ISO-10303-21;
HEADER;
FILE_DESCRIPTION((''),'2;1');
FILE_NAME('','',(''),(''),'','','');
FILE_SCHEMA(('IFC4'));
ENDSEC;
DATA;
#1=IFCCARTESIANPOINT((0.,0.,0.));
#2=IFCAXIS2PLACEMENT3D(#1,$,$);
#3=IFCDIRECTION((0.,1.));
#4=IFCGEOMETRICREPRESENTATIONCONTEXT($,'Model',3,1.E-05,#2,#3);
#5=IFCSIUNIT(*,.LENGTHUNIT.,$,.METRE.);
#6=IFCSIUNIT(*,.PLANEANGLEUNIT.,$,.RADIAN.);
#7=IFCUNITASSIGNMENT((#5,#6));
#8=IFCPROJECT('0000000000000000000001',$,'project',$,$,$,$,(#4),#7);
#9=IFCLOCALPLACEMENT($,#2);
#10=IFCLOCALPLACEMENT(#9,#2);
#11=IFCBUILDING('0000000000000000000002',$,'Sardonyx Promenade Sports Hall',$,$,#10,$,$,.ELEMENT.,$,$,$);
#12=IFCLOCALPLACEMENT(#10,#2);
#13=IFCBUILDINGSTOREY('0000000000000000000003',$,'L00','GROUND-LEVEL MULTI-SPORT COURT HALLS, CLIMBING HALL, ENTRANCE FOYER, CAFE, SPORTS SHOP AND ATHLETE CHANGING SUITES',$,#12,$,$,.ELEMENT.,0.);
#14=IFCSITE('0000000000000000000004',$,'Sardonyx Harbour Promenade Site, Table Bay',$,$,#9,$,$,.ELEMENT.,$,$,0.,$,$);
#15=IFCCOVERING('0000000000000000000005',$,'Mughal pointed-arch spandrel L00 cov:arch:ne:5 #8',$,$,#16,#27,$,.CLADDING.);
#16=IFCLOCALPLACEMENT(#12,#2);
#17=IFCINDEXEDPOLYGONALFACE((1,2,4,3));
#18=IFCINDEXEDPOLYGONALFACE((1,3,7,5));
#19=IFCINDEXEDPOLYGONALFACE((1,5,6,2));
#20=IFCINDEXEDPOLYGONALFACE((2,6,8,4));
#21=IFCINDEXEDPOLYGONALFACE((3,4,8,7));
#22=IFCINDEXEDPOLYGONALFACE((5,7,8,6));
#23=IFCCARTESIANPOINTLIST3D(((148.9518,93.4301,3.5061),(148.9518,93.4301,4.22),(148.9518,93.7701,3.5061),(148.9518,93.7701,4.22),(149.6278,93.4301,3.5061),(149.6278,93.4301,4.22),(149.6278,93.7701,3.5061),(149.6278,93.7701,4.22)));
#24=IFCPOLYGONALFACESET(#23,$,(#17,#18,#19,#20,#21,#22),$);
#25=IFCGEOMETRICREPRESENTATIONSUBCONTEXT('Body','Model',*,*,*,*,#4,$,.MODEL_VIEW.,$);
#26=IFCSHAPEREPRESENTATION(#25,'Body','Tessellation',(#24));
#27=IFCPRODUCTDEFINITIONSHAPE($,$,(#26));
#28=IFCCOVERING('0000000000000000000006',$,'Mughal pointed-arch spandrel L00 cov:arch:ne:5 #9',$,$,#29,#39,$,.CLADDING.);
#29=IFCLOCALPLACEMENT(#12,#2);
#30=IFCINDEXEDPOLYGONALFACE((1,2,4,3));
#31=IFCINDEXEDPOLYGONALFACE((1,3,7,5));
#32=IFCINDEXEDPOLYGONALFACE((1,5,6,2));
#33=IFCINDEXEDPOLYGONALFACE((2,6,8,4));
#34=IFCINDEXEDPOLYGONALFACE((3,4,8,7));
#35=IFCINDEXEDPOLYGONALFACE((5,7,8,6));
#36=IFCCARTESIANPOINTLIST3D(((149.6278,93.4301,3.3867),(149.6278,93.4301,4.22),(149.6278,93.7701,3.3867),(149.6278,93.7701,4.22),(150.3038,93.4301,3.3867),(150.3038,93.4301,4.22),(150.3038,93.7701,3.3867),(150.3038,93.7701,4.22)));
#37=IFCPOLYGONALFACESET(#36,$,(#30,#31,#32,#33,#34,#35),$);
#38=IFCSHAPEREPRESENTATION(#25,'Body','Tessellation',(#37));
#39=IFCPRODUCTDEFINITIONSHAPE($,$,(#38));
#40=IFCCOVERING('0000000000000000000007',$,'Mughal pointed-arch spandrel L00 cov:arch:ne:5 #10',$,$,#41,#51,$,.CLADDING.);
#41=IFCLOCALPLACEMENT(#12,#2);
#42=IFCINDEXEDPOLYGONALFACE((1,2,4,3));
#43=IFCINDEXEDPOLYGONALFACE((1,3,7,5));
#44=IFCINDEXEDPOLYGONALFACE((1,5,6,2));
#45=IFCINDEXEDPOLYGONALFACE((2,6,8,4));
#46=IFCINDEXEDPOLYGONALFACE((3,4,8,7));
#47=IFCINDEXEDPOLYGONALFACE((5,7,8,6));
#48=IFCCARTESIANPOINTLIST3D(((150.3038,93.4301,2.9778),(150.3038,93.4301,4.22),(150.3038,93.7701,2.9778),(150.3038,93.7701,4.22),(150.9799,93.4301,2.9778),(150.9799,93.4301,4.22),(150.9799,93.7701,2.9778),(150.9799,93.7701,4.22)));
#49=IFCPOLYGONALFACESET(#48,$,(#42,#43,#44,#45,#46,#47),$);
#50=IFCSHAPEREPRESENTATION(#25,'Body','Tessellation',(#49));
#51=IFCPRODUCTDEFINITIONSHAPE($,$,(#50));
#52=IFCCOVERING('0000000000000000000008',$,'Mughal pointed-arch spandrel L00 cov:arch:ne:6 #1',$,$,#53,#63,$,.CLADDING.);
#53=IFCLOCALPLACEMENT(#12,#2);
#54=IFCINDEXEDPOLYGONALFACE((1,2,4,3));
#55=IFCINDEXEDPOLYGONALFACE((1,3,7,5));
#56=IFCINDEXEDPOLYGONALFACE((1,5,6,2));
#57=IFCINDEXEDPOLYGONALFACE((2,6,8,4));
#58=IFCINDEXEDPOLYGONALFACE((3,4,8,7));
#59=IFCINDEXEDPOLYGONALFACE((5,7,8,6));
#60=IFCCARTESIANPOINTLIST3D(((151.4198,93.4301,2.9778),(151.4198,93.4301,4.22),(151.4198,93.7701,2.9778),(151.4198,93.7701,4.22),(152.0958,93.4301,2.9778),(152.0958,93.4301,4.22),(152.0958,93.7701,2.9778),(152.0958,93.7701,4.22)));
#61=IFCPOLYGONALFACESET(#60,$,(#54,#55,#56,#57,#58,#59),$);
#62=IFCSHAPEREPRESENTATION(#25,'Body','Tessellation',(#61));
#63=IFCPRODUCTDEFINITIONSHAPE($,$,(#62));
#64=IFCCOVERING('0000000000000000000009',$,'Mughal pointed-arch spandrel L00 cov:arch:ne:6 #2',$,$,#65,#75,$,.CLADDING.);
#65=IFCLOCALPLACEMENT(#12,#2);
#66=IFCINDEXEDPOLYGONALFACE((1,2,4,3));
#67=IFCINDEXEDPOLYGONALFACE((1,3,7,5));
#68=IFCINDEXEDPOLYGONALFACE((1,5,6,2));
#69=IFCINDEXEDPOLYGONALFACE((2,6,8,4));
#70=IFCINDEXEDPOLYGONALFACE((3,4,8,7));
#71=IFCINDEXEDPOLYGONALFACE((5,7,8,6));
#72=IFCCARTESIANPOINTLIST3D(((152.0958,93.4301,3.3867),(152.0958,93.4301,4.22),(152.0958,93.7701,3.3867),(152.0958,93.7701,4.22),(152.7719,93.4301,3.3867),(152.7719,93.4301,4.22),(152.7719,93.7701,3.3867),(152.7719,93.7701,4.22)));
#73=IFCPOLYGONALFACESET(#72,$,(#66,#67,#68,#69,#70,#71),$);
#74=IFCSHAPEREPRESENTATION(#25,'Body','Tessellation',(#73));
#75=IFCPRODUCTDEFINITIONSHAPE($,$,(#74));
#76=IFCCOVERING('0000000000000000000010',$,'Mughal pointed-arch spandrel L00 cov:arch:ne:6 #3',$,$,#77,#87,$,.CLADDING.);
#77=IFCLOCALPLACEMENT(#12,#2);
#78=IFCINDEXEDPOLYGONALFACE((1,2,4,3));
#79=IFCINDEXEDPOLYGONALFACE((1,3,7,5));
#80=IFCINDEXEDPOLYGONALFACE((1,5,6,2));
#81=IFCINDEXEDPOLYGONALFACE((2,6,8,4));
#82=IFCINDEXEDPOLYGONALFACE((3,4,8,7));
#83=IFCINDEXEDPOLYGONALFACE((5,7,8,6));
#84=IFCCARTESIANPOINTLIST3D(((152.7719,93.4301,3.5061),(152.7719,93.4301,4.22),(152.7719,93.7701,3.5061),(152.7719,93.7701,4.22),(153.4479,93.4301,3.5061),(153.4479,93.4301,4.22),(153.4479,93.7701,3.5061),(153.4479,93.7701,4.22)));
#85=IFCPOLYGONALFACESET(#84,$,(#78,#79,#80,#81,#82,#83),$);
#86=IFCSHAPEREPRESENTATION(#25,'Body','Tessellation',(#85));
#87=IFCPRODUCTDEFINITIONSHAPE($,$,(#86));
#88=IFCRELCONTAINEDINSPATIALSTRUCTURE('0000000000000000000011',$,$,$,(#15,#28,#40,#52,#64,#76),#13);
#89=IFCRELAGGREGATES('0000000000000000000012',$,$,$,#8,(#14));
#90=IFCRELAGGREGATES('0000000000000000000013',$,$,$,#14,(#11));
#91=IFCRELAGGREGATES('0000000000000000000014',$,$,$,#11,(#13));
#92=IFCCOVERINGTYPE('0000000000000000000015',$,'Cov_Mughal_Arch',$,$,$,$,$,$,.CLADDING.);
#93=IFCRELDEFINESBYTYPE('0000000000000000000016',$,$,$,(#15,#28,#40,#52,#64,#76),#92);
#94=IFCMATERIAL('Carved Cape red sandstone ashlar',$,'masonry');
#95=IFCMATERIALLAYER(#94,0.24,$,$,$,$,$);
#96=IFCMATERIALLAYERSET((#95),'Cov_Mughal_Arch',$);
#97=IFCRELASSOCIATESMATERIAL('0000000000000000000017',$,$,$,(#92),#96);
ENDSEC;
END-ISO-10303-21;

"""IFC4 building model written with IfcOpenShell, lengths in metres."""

from ifc_helpers import new_model, si_unit, direction, frame, frame_2d, origin, place, context, subcontext, project, spatial, rectangle, extrude, material, layer, layer_set, type_object, element, save


model = new_model("IFC4")

# Units and contexts
model_context = context("Model", 3, precision=1e-05, world=origin(), true_north=direction((0.0, 1.0)))
body_context = subcontext(model_context, "Body", "Model", "MODEL_VIEW")
ifc_project = project(units=[si_unit("LENGTHUNIT", "METRE"), si_unit("PLANEANGLEUNIT", "RADIAN")], contexts=[model_context])

# Site, building, storey
site_placement = place(None, origin())
site = spatial("IfcSite", under=ifc_project, at=site_placement, Name="Sardonyx Harbour Promenade Site, Table Bay", CompositionType="ELEMENT", RefElevation=0.0)
building_placement = place(site_placement, origin())
building = spatial("IfcBuilding", under=site, at=building_placement, Name="Sardonyx Promenade Sports Hall", CompositionType="ELEMENT")
storey_placement = place(building_placement, origin())
storey = spatial("IfcBuildingStorey", under=building, at=storey_placement, Name="L00", Description="GROUND-LEVEL MULTI-SPORT COURT HALLS, CLIMBING HALL, ENTRANCE FOYER, CAFE, SPORTS SHOP AND ATHLETE CHANGING SUITES", CompositionType="ELEMENT", Elevation=0.0)

# Coverings
ifc_material_1 = material(Name="Carved Cape red sandstone ashlar", Category="masonry")
ifc_layer_1 = layer(ifc_material_1, 0.24)
ifc_layer_set_1 = layer_set([ifc_layer_1], Name="Cov_Mughal_Arch")
covering_type = type_object("IfcCoveringType", Name="Cov_Mughal_Arch", PredefinedType="CLADDING", material=ifc_layer_set_1)
covering_1_placement = place(storey_placement, frame((148.9519, 93.6001, 3.5061), z_axis=(0.0, 0.0, 1.0), x_axis=(1.0, 0.0, 0.0)))
element("IfcCovering", 1, at=covering_1_placement, inside=storey, type_object=covering_type, Name="Mughal pointed-arch spandrel L00 cov:arch:ne:5 #8", PredefinedType="CLADDING", context=body_context, shape_type="SweptSolid", body=[
    extrude(rectangle(XDim=0.676, YDim=0.3401, at=frame_2d((0.3379, 0.0))), origin(), (0.0, 0.0, 1.0), 0.7139),
])
covering_2_placement = place(storey_placement, frame((149.6279, 93.6001, 3.3867), z_axis=(0.0, 0.0, 1.0), x_axis=(1.0, 0.0, 0.0)))
element("IfcCovering", 2, at=covering_2_placement, inside=storey, type_object=covering_type, Name="Mughal pointed-arch spandrel L00 cov:arch:ne:5 #9", PredefinedType="CLADDING", context=body_context, shape_type="SweptSolid", body=[
    extrude(rectangle(XDim=0.676, YDim=0.3401, at=frame_2d((0.3379, 0.0))), origin(), (0.0, 0.0, 1.0), 0.8333),
])
for number, where, z_axis, x_axis, name in (
    (3, (150.304, 93.6001, 2.9778), (0.0, 0.0, 1.0), (1.0, 0.0, 0.0), "Mughal pointed-arch spandrel L00 cov:arch:ne:5 #10"),
    (4, (151.4199, 93.6001, 2.9778), (0.0, 0.0, 1.0), (1.0, 0.0, 0.0), "Mughal pointed-arch spandrel L00 cov:arch:ne:6 #1"),
):
    element("IfcCovering", number, at=place(storey_placement, frame(where, z_axis=z_axis, x_axis=x_axis)), inside=storey, type_object=covering_type, Name=name, PredefinedType="CLADDING", context=body_context, shape_type="SweptSolid", body=[
        extrude(rectangle(XDim=0.676, YDim=0.3401, at=frame_2d((0.3379, 0.0))), origin(), (0.0, 0.0, 1.0), 1.2422),
    ])
covering_3_placement = place(storey_placement, frame((152.0959, 93.6001, 3.3867), z_axis=(0.0, 0.0, 1.0), x_axis=(1.0, 0.0, 0.0)))
element("IfcCovering", 5, at=covering_3_placement, inside=storey, type_object=covering_type, Name="Mughal pointed-arch spandrel L00 cov:arch:ne:6 #2", PredefinedType="CLADDING", context=body_context, shape_type="SweptSolid", body=[
    extrude(rectangle(XDim=0.676, YDim=0.3401, at=frame_2d((0.3379, 0.0))), origin(), (0.0, 0.0, 1.0), 0.8333),
])
covering_4_placement = place(storey_placement, frame((152.772, 93.6001, 3.5061), z_axis=(0.0, 0.0, 1.0), x_axis=(1.0, 0.0, 0.0)))
element("IfcCovering", 6, at=covering_4_placement, inside=storey, type_object=covering_type, Name="Mughal pointed-arch spandrel L00 cov:arch:ne:6 #3", PredefinedType="CLADDING", context=body_context, shape_type="SweptSolid", body=[
    extrude(rectangle(XDim=0.676, YDim=0.3401, at=frame_2d((0.3379, 0.0))), origin(), (0.0, 0.0, 1.0), 0.7139),
])

save(model, "model.ifc")
